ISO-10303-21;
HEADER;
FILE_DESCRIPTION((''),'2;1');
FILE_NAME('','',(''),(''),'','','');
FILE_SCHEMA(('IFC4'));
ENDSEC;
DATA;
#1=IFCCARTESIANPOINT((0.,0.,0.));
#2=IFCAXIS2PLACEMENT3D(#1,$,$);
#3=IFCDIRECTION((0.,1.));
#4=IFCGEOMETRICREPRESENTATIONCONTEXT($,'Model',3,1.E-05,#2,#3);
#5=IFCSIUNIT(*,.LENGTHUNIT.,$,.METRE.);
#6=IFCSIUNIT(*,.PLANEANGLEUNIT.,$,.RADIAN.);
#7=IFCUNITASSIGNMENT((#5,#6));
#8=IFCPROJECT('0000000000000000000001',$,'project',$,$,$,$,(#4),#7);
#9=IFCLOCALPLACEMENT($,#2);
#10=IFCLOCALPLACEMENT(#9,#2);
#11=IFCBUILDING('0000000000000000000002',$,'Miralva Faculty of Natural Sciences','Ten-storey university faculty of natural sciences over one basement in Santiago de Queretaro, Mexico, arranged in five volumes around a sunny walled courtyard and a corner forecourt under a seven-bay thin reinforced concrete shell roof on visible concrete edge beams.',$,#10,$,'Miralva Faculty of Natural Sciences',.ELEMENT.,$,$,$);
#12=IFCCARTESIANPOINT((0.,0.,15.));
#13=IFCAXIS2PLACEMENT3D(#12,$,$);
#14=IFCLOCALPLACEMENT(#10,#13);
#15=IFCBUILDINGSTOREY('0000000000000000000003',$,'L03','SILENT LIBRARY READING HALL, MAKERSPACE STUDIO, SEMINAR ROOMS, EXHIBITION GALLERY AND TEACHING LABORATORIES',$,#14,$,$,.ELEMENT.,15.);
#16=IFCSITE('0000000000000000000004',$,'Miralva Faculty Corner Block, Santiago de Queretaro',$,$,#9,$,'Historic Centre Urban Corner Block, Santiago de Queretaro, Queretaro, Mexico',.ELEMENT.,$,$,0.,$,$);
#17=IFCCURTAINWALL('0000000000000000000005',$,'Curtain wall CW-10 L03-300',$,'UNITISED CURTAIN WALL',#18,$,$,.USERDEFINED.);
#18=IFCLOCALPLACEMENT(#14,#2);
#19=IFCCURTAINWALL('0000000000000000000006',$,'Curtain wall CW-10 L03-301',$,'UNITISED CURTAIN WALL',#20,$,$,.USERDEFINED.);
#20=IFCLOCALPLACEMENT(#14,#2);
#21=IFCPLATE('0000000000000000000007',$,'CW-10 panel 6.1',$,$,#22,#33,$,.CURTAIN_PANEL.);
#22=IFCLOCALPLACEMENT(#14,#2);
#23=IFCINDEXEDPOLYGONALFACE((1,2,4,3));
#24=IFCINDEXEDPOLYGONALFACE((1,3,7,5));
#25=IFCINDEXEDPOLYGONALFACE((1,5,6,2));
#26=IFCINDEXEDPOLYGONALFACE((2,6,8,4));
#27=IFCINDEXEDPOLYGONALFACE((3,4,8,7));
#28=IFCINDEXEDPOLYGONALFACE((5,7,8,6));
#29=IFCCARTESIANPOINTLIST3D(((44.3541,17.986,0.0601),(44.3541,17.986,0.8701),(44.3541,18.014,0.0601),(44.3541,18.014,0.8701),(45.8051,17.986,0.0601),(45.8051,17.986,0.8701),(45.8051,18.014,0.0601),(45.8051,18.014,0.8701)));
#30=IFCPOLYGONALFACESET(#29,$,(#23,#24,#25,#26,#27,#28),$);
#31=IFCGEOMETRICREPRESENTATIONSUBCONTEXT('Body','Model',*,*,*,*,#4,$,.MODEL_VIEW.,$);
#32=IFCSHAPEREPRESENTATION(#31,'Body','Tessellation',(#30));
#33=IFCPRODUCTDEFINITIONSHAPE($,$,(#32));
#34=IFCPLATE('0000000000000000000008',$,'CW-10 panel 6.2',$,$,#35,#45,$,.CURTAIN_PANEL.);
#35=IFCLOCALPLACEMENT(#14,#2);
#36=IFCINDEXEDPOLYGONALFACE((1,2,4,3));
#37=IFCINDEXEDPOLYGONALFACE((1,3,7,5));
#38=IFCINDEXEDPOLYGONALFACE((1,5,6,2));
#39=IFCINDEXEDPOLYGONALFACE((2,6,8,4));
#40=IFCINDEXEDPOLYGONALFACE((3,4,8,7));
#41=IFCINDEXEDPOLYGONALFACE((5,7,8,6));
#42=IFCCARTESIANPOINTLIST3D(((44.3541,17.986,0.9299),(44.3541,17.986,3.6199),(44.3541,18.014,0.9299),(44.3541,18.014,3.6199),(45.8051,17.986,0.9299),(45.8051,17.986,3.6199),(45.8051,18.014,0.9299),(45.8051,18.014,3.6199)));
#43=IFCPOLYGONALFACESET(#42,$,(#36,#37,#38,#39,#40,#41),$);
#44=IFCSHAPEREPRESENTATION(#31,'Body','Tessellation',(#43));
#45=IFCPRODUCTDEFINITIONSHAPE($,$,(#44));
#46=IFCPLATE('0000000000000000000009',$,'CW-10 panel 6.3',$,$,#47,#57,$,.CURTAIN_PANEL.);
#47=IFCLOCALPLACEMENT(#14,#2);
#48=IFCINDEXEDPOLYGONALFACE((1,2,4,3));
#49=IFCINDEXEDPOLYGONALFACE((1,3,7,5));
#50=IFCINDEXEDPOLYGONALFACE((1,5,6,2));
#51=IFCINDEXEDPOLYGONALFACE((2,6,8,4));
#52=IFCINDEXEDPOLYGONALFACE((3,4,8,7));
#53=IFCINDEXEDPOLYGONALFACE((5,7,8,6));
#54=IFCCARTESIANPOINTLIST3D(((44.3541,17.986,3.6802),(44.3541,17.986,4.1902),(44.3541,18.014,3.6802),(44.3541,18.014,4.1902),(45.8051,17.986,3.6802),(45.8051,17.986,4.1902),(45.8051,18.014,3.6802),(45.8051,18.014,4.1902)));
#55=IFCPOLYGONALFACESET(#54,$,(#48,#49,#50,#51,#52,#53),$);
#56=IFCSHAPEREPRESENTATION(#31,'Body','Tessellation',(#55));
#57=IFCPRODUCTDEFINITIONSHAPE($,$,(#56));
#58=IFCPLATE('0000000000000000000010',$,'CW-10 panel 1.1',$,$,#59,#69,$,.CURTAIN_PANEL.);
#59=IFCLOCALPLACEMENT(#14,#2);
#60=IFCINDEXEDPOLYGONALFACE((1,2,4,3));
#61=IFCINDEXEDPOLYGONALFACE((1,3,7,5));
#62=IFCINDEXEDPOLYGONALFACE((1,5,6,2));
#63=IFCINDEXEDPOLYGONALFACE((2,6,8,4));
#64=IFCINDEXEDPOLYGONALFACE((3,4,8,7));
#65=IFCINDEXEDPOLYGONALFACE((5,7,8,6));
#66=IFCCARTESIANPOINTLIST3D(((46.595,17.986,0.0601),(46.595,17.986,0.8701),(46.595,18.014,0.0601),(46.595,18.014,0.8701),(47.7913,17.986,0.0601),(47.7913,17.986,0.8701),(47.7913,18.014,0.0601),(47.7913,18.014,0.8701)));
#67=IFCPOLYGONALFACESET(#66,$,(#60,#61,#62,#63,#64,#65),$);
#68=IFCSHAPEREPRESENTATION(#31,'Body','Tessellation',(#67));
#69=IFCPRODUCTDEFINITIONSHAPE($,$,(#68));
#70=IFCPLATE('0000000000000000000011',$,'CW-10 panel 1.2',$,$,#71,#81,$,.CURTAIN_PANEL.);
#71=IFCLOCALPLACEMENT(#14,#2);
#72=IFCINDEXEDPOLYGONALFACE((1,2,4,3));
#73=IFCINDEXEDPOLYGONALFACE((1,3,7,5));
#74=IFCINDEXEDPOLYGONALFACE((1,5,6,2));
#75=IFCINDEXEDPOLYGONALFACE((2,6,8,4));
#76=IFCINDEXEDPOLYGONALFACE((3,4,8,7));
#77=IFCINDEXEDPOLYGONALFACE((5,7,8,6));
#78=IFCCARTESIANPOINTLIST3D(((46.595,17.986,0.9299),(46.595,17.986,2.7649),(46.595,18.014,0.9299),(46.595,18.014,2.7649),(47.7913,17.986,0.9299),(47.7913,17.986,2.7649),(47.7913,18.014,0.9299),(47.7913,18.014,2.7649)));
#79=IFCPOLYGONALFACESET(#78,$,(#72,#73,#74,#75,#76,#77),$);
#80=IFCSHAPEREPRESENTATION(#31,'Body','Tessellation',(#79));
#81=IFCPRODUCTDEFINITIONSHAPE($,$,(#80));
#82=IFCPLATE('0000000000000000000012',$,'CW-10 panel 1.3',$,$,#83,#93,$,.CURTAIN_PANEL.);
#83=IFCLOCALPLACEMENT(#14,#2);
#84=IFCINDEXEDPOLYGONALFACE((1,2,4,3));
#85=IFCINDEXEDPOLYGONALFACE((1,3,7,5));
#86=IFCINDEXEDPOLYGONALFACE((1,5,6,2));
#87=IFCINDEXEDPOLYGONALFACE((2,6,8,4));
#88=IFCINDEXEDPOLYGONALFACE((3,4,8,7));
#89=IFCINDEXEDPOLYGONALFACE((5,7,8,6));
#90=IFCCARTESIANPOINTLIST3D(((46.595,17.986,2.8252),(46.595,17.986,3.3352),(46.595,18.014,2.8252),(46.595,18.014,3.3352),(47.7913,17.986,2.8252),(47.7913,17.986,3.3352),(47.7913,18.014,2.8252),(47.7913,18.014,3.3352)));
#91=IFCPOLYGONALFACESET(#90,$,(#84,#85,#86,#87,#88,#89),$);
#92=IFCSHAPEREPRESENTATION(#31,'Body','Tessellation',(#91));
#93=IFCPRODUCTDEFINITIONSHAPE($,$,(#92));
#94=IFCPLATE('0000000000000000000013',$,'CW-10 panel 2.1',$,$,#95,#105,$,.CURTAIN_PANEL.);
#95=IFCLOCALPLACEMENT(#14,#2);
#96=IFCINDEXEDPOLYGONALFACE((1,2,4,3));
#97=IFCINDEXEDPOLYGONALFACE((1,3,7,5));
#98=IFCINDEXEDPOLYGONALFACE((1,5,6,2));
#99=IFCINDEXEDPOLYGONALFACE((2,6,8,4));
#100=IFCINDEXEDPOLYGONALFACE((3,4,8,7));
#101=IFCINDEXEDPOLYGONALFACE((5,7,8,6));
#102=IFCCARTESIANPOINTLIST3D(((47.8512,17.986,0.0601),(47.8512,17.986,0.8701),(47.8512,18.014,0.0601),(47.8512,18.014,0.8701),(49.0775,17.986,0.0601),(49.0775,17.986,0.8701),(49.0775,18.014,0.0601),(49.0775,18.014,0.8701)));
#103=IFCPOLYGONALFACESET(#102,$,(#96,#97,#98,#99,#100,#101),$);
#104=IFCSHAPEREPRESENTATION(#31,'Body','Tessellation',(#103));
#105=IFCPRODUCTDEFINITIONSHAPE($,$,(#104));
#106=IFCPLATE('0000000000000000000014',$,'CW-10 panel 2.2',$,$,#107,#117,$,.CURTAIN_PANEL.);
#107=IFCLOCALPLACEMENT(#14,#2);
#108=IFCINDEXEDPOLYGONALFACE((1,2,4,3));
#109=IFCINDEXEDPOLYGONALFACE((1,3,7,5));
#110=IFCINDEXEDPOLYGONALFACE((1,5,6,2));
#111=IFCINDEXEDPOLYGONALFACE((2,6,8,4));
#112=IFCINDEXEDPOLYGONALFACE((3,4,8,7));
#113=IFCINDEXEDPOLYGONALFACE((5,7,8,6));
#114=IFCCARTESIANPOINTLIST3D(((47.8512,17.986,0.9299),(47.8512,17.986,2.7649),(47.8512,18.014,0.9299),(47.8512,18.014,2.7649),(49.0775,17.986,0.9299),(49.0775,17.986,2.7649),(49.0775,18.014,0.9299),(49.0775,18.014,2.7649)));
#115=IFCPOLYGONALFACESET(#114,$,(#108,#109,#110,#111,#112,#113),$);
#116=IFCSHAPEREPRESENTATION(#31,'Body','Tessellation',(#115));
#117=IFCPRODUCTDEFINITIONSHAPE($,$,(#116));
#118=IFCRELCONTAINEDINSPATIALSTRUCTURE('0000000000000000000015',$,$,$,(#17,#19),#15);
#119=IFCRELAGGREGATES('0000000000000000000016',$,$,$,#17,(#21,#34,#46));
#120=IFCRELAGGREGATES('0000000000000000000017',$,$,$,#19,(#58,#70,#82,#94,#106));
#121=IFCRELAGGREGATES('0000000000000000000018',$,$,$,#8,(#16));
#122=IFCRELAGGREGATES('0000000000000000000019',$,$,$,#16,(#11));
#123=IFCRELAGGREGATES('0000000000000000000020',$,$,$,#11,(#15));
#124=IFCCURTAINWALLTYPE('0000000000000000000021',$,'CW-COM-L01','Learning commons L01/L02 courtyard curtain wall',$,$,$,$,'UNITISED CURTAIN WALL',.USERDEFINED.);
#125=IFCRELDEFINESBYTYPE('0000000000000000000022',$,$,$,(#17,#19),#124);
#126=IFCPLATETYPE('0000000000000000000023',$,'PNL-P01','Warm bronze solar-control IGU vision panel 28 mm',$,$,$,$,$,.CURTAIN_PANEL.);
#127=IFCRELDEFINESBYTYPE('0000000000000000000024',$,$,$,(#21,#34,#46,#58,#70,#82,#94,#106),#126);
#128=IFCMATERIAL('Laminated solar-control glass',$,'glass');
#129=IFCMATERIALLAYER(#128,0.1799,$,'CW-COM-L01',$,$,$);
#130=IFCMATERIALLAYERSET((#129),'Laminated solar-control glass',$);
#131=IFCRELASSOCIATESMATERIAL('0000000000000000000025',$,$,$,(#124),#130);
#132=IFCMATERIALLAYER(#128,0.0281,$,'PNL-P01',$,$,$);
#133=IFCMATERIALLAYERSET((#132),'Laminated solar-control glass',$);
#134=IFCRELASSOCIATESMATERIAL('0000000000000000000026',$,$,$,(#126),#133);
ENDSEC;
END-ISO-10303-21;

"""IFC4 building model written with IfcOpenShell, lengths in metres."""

from ifc_helpers import new_model, si_unit, direction, frame, origin, origin_2d, place, context, subcontext, project, spatial, rectangle, extrude, material, layer, layer_set, type_object, element, aggregate, save


model = new_model("IFC4")

# Units and contexts
model_context = context("Model", 3, precision=1e-05, world=origin(), true_north=direction((0.0, 1.0)))
body_context = subcontext(model_context, "Body", "Model", "MODEL_VIEW")
ifc_project = project(units=[si_unit("LENGTHUNIT", "METRE"), si_unit("PLANEANGLEUNIT", "RADIAN")], contexts=[model_context])

# Site, building, storey
site_placement = place(None, origin())
site = spatial("IfcSite", under=ifc_project, at=site_placement, Name="Miralva Faculty Corner Block, Santiago de Queretaro", LongName="Historic Centre Urban Corner Block, Santiago de Queretaro, Queretaro, Mexico", CompositionType="ELEMENT", RefElevation=0.0)
building_placement = place(site_placement, origin())
building = spatial("IfcBuilding", under=site, at=building_placement, Name="Miralva Faculty of Natural Sciences", Description="Ten-storey university faculty of natural sciences over one basement in Santiago de Queretaro, Mexico, arranged in five volumes around a sunny walled courtyard and a corner forecourt under a seven-bay thin reinforced concrete shell roof on visible concrete edge beams.", LongName="Miralva Faculty of Natural Sciences", CompositionType="ELEMENT")
storey_placement = place(building_placement, frame((0.0, 0.0, 15.0)))
storey = spatial("IfcBuildingStorey", under=building, at=storey_placement, Name="L03", Description="SILENT LIBRARY READING HALL, MAKERSPACE STUDIO, SEMINAR ROOMS, EXHIBITION GALLERY AND TEACHING LABORATORIES", CompositionType="ELEMENT", Elevation=15.0)

# Shared definitions
ifc_material_1 = material(Name="Laminated solar-control glass", Category="glass")

# Curtain walls
ifc_layer_1 = layer(ifc_material_1, 0.1799, Name="CW-COM-L01")
ifc_layer_set_1 = layer_set([ifc_layer_1], Name="Laminated solar-control glass")
curtain_wall_type_1 = type_object("IfcCurtainWallType", Name="CW-COM-L01", Description="Learning commons L01/L02 courtyard curtain wall", ElementType="UNITISED CURTAIN WALL", PredefinedType="USERDEFINED", material=ifc_layer_set_1)
curtain_wall_1_placement = place(storey_placement, origin())
curtain_wall_1 = element("IfcCurtainWall", 1, at=curtain_wall_1_placement, inside=storey, type_object=curtain_wall_type_1, Name="Curtain wall CW-10 L03-300", ObjectType="UNITISED CURTAIN WALL", PredefinedType="USERDEFINED")
curtain_wall_2_placement = place(storey_placement, origin())
curtain_wall_2 = element("IfcCurtainWall", 2, at=curtain_wall_2_placement, inside=storey, type_object=curtain_wall_type_1, Name="Curtain wall CW-10 L03-301", ObjectType="UNITISED CURTAIN WALL", PredefinedType="USERDEFINED")

# Plates
ifc_layer_2 = layer(ifc_material_1, 0.0281, Name="PNL-P01")
ifc_layer_set_2 = layer_set([ifc_layer_2], Name="Laminated solar-control glass")
plate_type = type_object("IfcPlateType", Name="PNL-P01", Description="Warm bronze solar-control IGU vision panel 28 mm", PredefinedType="CURTAIN_PANEL", material=ifc_layer_set_2)
plate_1_placement = place(storey_placement, frame((45.0796, 18.0, 0.0601), z_axis=(0.0, 0.0, 1.0), x_axis=(1.0, 0.0, 0.0)))
plate_1 = element("IfcPlate", 3, at=plate_1_placement, type_object=plate_type, Name="CW-10 panel 6.1", PredefinedType="CURTAIN_PANEL", context=body_context, shape_type="SweptSolid", body=[
    extrude(rectangle(XDim=1.4509, YDim=0.0281, at=origin_2d()), origin(), (0.0, 0.0, 1.0), 0.8101),
])
plate_2_placement = place(storey_placement, frame((45.0796, 18.0, 0.9299), z_axis=(0.0, 0.0, 1.0), x_axis=(1.0, 0.0, 0.0)))
plate_2 = element("IfcPlate", 4, at=plate_2_placement, type_object=plate_type, Name="CW-10 panel 6.2", PredefinedType="CURTAIN_PANEL", context=body_context, shape_type="SweptSolid", body=[
    extrude(rectangle(XDim=1.4509, YDim=0.0281, at=origin_2d()), origin(), (0.0, 0.0, 1.0), 2.6899),
])
plate_3_placement = place(storey_placement, frame((45.0796, 18.0, 3.6802), z_axis=(0.0, 0.0, 1.0), x_axis=(1.0, 0.0, 0.0)))
plate_3 = element("IfcPlate", 5, at=plate_3_placement, type_object=plate_type, Name="CW-10 panel 6.3", PredefinedType="CURTAIN_PANEL", context=body_context, shape_type="SweptSolid", body=[
    extrude(rectangle(XDim=1.4509, YDim=0.0281, at=origin_2d()), origin(), (0.0, 0.0, 1.0), 0.51),
])
aggregate(curtain_wall_1, [plate_1, plate_2, plate_3])
plate_4_placement = place(storey_placement, frame((47.1931, 18.0, 0.0601), z_axis=(0.0, 0.0, 1.0), x_axis=(1.0, 0.0, 0.0)))
plate_4 = element("IfcPlate", 6, at=plate_4_placement, type_object=plate_type, Name="CW-10 panel 1.1", PredefinedType="CURTAIN_PANEL", context=body_context, shape_type="SweptSolid", body=[
    extrude(rectangle(XDim=1.1963, YDim=0.0281, at=origin_2d()), origin(), (0.0, 0.0, 1.0), 0.8101),
])
plate_5_placement = place(storey_placement, frame((47.1931, 18.0, 0.9299), z_axis=(0.0, 0.0, 1.0), x_axis=(1.0, 0.0, 0.0)))
plate_5 = element("IfcPlate", 7, at=plate_5_placement, type_object=plate_type, Name="CW-10 panel 1.2", PredefinedType="CURTAIN_PANEL", context=body_context, shape_type="SweptSolid", body=[
    extrude(rectangle(XDim=1.1963, YDim=0.0281, at=origin_2d()), origin(), (0.0, 0.0, 1.0), 1.835),
])
plate_6_placement = place(storey_placement, frame((47.1931, 18.0, 2.8252), z_axis=(0.0, 0.0, 1.0), x_axis=(1.0, 0.0, 0.0)))
plate_6 = element("IfcPlate", 8, at=plate_6_placement, type_object=plate_type, Name="CW-10 panel 1.3", PredefinedType="CURTAIN_PANEL", context=body_context, shape_type="SweptSolid", body=[
    extrude(rectangle(XDim=1.1963, YDim=0.0281, at=origin_2d()), origin(), (0.0, 0.0, 1.0), 0.51),
])
plate_7_placement = place(storey_placement, frame((48.4644, 18.0, 0.0601), z_axis=(0.0, 0.0, 1.0), x_axis=(1.0, 0.0, 0.0)))
plate_7 = element("IfcPlate", 9, at=plate_7_placement, type_object=plate_type, Name="CW-10 panel 2.1", PredefinedType="CURTAIN_PANEL", context=body_context, shape_type="SweptSolid", body=[
    extrude(rectangle(XDim=1.2263, YDim=0.0281, at=origin_2d()), origin(), (0.0, 0.0, 1.0), 0.8101),
])
plate_8_placement = place(storey_placement, frame((48.4644, 18.0, 0.9299), z_axis=(0.0, 0.0, 1.0), x_axis=(1.0, 0.0, 0.0)))
plate_8 = element("IfcPlate", 10, at=plate_8_placement, type_object=plate_type, Name="CW-10 panel 2.2", PredefinedType="CURTAIN_PANEL", context=body_context, shape_type="SweptSolid", body=[
    extrude(rectangle(XDim=1.2263, YDim=0.0281, at=origin_2d()), origin(), (0.0, 0.0, 1.0), 1.835),
])
aggregate(curtain_wall_2, [plate_4, plate_5, plate_6, plate_7, plate_8])

save(model, "model.ifc")
